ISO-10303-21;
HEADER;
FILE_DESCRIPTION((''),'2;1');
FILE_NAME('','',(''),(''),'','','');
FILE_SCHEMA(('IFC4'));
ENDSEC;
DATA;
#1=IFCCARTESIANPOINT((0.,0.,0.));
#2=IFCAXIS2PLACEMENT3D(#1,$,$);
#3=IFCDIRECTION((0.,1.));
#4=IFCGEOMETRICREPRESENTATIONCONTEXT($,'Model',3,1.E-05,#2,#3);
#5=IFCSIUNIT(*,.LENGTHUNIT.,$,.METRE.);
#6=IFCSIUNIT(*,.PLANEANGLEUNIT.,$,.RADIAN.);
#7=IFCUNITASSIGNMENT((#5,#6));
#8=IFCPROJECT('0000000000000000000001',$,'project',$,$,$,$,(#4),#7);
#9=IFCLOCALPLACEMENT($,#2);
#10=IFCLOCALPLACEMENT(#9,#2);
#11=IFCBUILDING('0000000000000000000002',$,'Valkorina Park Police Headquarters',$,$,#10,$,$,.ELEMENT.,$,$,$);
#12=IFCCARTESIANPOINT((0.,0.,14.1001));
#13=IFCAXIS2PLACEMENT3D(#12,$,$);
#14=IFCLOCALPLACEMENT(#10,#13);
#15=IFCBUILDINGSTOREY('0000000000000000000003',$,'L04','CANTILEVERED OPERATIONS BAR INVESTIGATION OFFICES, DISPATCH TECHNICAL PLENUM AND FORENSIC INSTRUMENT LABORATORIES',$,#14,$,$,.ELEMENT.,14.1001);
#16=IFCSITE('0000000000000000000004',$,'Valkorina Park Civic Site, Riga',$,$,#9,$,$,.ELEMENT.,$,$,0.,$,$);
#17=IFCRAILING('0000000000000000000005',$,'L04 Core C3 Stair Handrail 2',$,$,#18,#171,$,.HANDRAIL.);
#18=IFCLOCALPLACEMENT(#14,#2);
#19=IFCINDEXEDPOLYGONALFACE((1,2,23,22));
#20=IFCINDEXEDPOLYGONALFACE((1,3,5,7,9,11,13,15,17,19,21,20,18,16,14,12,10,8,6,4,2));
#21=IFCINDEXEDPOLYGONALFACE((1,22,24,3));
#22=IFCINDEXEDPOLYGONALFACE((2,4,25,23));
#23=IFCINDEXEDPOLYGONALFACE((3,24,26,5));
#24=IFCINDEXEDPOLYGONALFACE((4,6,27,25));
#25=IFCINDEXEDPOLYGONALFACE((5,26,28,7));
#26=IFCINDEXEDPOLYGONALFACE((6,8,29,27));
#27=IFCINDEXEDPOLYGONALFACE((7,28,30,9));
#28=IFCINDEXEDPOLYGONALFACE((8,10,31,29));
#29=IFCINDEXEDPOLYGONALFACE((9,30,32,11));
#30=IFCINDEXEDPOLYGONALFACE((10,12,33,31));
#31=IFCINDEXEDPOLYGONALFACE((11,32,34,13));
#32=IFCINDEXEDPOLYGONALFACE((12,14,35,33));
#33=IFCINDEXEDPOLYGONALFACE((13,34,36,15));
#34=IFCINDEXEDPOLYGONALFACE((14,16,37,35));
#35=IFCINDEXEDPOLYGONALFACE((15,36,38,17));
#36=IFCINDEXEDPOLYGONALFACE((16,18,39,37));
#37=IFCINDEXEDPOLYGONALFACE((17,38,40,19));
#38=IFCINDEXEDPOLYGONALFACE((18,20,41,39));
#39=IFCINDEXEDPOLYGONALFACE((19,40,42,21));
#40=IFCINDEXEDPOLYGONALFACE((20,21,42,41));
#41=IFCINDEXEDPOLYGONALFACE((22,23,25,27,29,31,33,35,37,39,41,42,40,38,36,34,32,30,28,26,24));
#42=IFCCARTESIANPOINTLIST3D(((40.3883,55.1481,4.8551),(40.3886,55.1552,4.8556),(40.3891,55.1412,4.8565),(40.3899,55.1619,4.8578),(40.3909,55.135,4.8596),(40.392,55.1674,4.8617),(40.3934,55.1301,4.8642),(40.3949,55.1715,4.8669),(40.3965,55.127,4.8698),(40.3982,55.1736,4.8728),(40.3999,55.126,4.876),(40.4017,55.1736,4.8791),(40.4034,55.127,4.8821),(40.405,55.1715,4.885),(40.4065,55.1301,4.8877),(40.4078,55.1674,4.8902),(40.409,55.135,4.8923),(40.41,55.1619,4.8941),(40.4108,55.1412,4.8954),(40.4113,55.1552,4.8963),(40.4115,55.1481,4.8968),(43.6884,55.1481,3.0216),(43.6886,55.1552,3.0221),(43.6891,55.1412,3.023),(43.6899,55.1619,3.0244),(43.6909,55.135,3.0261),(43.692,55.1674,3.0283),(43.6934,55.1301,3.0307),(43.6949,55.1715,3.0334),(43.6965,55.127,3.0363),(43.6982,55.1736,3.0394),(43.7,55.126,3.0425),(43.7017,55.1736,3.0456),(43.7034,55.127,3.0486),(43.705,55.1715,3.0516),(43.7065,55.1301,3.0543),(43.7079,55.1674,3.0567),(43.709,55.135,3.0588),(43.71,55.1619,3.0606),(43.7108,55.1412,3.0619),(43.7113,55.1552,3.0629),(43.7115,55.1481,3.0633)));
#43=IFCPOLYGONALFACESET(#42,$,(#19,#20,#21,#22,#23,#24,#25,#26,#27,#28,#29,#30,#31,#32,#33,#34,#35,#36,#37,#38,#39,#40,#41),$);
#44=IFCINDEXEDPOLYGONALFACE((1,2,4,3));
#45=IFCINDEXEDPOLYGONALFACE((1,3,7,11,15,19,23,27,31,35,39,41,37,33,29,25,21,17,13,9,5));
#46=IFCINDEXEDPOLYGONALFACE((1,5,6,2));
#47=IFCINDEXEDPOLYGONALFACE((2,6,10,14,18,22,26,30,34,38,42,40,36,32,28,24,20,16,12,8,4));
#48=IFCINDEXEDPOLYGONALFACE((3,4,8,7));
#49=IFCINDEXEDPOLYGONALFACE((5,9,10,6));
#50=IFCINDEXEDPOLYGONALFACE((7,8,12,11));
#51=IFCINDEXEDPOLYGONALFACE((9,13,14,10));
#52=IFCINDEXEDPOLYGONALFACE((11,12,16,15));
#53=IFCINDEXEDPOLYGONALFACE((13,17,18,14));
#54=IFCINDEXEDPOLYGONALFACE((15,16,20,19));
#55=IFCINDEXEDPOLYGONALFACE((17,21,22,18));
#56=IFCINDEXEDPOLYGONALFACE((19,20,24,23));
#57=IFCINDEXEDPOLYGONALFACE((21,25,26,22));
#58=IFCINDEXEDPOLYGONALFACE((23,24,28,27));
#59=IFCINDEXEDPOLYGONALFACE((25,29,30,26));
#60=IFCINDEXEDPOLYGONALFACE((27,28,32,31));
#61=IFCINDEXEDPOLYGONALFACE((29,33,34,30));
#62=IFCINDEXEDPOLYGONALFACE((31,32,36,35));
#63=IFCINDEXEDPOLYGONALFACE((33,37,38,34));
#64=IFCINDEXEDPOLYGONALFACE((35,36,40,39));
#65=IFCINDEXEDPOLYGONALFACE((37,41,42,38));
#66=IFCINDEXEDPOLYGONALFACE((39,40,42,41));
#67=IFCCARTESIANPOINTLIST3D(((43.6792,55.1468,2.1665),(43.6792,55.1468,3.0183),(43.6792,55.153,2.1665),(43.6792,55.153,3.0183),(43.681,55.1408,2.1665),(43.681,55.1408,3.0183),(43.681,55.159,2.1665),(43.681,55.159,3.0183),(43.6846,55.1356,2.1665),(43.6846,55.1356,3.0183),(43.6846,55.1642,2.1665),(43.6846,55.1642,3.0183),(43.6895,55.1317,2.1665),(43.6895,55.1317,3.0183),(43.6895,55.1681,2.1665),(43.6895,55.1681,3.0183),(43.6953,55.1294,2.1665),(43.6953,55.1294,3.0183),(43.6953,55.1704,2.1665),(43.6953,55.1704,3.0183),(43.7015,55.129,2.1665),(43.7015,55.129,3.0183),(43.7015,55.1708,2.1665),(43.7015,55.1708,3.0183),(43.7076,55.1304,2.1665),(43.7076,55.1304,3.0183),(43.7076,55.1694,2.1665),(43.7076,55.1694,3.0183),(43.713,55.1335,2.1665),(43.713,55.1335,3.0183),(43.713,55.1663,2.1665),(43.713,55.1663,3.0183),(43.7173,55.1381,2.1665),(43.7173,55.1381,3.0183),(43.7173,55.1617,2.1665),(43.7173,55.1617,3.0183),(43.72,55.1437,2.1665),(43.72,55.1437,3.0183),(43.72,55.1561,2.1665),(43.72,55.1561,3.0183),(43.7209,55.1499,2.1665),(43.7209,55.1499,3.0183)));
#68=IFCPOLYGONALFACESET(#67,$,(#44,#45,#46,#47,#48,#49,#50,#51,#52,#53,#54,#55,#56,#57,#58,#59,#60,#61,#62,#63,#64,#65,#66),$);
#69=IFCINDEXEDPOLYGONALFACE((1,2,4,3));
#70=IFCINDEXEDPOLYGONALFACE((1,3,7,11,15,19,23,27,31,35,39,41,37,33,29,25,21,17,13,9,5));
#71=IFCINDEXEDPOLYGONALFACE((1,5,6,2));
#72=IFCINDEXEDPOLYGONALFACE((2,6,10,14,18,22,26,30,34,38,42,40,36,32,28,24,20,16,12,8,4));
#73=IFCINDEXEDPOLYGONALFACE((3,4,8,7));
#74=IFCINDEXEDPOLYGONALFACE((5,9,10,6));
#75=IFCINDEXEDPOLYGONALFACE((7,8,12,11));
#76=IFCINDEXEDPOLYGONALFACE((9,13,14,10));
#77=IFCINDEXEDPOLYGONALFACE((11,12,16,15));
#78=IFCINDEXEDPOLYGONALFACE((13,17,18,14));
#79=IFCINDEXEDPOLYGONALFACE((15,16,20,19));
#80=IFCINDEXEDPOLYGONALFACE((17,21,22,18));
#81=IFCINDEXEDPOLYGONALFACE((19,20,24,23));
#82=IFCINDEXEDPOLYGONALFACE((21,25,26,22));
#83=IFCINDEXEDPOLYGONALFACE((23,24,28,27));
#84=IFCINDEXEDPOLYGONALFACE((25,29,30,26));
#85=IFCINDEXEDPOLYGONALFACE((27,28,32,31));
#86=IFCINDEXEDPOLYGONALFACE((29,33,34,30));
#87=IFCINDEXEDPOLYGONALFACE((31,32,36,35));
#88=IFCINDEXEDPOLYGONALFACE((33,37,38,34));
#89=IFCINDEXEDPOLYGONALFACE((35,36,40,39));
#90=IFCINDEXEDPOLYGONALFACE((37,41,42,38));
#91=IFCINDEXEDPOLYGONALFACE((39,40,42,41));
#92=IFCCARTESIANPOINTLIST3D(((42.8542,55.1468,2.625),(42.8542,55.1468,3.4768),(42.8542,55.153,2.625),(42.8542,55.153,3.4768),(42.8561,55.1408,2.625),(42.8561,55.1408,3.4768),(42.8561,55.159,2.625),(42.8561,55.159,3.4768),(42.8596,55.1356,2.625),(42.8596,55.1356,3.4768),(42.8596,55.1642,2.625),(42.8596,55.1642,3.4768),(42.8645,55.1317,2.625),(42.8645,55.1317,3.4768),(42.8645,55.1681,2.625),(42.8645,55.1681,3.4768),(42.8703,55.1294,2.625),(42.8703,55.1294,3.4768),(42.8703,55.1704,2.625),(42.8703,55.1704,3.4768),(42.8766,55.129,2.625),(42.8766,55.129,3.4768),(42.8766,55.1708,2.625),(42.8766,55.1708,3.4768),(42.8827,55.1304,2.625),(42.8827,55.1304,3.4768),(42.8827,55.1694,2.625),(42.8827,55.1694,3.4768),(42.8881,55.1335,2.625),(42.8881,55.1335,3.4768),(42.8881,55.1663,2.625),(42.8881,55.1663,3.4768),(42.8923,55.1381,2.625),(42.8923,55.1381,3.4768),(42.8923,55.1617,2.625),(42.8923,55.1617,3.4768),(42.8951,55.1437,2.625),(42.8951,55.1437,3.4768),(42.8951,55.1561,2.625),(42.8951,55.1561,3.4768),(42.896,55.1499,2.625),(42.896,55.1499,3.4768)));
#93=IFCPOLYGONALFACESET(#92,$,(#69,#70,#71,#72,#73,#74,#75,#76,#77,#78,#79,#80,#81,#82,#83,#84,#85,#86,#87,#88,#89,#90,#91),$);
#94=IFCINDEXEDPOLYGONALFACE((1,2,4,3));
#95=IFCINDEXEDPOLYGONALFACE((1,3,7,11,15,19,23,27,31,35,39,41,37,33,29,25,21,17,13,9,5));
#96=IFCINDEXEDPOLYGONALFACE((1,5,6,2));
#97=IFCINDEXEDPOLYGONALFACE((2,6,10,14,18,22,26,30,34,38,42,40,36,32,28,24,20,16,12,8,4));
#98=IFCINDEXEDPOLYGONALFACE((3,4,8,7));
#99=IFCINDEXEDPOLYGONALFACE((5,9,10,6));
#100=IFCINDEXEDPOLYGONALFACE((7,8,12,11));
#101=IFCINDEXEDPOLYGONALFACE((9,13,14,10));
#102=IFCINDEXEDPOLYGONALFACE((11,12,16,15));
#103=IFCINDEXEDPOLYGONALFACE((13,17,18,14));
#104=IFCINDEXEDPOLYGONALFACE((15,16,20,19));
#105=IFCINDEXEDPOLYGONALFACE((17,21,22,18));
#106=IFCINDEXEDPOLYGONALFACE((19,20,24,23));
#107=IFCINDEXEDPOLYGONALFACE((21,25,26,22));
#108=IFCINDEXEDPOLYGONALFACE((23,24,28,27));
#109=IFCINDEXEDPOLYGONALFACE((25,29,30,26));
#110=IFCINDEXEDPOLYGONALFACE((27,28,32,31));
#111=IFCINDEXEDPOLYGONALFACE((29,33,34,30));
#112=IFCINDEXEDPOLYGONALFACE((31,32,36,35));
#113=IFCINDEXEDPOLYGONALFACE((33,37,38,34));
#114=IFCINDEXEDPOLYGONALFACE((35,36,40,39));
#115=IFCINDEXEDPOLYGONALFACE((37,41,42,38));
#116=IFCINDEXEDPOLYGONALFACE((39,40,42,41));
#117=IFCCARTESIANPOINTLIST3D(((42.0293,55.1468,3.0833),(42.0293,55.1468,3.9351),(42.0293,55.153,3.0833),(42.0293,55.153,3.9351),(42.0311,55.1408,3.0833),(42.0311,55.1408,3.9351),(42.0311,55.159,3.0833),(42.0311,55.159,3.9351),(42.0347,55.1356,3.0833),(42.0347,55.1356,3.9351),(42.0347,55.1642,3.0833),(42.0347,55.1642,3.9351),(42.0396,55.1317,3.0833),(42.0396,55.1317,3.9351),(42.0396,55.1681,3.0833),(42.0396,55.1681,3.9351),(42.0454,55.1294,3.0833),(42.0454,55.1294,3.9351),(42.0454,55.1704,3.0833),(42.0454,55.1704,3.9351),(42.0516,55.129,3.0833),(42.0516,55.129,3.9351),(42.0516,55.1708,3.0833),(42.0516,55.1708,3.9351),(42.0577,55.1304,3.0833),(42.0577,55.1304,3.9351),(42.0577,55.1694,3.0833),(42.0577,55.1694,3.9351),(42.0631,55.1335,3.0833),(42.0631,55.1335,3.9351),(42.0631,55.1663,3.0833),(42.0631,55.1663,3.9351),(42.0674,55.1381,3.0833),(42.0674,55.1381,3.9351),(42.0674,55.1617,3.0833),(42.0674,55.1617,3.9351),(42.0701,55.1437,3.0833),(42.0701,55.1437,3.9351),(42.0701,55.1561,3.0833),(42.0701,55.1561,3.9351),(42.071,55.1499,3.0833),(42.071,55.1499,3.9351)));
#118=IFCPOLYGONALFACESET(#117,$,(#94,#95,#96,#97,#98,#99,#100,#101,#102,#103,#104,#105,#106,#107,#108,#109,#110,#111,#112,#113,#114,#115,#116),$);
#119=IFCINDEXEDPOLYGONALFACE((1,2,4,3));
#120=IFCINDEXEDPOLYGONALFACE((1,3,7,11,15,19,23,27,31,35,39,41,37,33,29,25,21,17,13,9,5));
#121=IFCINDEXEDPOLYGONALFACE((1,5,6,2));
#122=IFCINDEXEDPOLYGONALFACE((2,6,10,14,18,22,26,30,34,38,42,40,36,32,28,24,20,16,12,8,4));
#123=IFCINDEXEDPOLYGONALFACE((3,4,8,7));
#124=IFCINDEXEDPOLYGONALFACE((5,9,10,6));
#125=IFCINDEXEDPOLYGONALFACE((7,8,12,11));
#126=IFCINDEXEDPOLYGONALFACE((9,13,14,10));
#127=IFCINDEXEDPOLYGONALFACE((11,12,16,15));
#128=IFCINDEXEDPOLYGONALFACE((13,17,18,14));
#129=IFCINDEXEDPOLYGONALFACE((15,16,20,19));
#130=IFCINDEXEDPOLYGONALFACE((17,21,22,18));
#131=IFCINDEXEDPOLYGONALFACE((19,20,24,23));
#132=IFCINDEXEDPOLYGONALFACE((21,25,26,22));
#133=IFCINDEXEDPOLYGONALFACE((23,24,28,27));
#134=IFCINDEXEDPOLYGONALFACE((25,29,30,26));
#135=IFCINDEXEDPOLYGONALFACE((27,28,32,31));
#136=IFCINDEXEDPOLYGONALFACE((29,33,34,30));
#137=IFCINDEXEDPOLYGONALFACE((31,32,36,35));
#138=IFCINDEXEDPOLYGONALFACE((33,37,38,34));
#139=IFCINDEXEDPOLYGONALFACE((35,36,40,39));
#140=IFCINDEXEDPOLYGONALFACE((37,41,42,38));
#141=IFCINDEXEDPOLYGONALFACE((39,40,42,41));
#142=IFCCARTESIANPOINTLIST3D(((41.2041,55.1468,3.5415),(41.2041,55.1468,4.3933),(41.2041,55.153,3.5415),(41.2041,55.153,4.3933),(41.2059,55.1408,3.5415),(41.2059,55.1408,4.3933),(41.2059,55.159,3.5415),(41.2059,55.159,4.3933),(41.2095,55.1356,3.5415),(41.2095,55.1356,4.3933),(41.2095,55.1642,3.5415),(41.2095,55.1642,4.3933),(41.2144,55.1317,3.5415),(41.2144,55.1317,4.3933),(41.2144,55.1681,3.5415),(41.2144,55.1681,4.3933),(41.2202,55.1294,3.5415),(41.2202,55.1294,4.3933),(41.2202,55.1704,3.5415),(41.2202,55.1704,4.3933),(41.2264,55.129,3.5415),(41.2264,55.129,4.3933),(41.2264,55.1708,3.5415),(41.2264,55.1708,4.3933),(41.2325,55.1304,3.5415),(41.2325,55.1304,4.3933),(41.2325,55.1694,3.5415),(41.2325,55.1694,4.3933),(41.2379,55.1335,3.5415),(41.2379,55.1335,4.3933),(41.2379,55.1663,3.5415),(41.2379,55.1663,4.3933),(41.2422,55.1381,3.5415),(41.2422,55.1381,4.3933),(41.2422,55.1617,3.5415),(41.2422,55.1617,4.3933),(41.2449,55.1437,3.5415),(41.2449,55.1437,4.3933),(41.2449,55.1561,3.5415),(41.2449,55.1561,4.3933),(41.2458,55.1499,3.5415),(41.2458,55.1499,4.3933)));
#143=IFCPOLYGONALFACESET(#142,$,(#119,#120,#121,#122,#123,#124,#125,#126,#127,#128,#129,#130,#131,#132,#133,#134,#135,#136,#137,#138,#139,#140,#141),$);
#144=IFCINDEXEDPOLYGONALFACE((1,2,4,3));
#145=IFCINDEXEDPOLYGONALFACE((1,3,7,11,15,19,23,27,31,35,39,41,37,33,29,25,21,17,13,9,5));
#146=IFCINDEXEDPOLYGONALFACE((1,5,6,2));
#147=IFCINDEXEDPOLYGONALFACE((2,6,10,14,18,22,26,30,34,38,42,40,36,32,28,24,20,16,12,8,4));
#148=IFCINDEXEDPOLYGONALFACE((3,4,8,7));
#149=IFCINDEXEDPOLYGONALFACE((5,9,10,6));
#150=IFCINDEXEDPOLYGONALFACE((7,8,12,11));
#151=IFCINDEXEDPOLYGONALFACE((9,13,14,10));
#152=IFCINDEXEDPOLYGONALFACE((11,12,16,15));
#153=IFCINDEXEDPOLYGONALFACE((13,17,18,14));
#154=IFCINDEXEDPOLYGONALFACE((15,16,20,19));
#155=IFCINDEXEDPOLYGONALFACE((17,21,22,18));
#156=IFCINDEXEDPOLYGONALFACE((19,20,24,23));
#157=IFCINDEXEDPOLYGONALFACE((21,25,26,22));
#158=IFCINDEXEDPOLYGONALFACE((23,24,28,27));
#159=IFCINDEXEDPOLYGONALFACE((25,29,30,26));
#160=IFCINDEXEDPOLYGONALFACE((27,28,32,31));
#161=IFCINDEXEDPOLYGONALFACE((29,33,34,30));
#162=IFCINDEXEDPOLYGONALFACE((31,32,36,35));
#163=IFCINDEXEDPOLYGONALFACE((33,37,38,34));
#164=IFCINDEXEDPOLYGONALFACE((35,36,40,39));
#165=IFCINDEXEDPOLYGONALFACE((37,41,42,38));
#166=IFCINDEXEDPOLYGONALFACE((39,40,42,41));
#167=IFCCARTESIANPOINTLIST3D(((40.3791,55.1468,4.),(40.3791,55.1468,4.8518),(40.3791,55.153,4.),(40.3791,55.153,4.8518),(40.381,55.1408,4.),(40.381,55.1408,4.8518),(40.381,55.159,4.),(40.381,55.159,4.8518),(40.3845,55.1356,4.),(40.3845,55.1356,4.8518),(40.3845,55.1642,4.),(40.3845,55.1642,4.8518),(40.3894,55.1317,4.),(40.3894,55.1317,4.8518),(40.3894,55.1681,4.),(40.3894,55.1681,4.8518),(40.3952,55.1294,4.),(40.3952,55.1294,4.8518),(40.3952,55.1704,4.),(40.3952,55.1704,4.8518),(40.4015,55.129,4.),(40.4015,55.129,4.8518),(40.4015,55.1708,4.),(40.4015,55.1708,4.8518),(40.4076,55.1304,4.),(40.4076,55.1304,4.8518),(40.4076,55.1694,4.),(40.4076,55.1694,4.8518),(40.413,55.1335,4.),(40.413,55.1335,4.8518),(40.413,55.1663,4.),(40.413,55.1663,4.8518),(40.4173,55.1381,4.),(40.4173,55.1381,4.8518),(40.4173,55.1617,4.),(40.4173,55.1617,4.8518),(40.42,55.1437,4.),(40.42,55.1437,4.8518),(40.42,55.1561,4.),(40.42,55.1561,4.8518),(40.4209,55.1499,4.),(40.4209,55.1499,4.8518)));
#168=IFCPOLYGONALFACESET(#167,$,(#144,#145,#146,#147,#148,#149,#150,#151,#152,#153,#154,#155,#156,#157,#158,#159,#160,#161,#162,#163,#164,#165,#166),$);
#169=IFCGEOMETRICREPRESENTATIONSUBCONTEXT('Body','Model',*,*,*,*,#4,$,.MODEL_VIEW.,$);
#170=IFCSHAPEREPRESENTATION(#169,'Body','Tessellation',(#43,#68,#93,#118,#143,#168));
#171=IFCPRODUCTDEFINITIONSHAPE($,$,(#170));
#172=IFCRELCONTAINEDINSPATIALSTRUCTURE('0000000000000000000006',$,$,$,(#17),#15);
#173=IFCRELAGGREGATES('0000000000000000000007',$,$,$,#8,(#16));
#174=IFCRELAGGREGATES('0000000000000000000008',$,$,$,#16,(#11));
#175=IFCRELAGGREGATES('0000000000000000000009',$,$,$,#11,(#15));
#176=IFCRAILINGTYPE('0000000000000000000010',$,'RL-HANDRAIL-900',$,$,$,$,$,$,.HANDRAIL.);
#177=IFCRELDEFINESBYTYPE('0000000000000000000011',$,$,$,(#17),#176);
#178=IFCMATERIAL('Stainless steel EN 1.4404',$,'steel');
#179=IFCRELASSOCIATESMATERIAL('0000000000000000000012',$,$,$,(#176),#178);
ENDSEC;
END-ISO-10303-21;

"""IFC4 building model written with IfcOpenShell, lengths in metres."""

from ifc_helpers import new_model, si_unit, direction, frame, origin, origin_2d, place, context, subcontext, project, spatial, circle, extrude, material, type_object, element, save


model = new_model("IFC4")

# Units and contexts
model_context = context("Model", 3, precision=1e-05, world=origin(), true_north=direction((0.0, 1.0)))
body_context = subcontext(model_context, "Body", "Model", "MODEL_VIEW")
ifc_project = project(units=[si_unit("LENGTHUNIT", "METRE"), si_unit("PLANEANGLEUNIT", "RADIAN")], contexts=[model_context])

# Site, building, storey
site_placement = place(None, origin())
site = spatial("IfcSite", under=ifc_project, at=site_placement, Name="Valkorina Park Civic Site, Riga", CompositionType="ELEMENT", RefElevation=0.0)
building_placement = place(site_placement, origin())
building = spatial("IfcBuilding", under=site, at=building_placement, Name="Valkorina Park Police Headquarters", CompositionType="ELEMENT")
storey_placement = place(building_placement, frame((0.0, 0.0, 14.1001)))
storey = spatial("IfcBuildingStorey", under=building, at=storey_placement, Name="L04", Description="CANTILEVERED OPERATIONS BAR INVESTIGATION OFFICES, DISPATCH TECHNICAL PLENUM AND FORENSIC INSTRUMENT LABORATORIES", CompositionType="ELEMENT", Elevation=14.1001)

# Shared definitions
ifc_material_1 = material(Name="Stainless steel EN 1.4404", Category="steel")

# Railing
railing_type_1 = type_object("IfcRailingType", Name="RL-HANDRAIL-900", PredefinedType="HANDRAIL", material=ifc_material_1)
railing_1_placement = place(storey_placement, frame((43.7, 55.1499, 2.1665)))
element("IfcRailing", 1, at=railing_1_placement, inside=storey, type_object=railing_type_1, Name="L04 Core C3 Stair Handrail 2", PredefinedType="HANDRAIL", context=body_context, shape_type="SweptSolid", body=[
    extrude(circle(Radius=0.0239, at=origin_2d()), frame((0.0, 0.0, 0.876), z_axis=(-0.874142, 0.0, 0.48567), x_axis=(0.0, -1.0, 0.0)), (0.0, 0.0, 1.0), 3.7751),
    extrude(circle(Radius=0.021, at=origin_2d()), origin(), (0.0, 0.0, 1.0), 0.8518),
    extrude(circle(Radius=0.021, at=origin_2d()), frame((-0.825, 0.0, 0.4585)), (0.0, 0.0, 1.0), 0.8518),
    extrude(circle(Radius=0.021, at=origin_2d()), frame((-1.6499, 0.0, 0.9167)), (0.0, 0.0, 1.0), 0.8518),
    extrude(circle(Radius=0.021, at=origin_2d()), frame((-2.4751, 0.0, 1.375)), (0.0, 0.0, 1.0), 0.8518),
    extrude(circle(Radius=0.021, at=origin_2d()), frame((-3.3, 0.0, 1.8335)), (0.0, 0.0, 1.0), 0.8518),
])

save(model, "model.ifc")
